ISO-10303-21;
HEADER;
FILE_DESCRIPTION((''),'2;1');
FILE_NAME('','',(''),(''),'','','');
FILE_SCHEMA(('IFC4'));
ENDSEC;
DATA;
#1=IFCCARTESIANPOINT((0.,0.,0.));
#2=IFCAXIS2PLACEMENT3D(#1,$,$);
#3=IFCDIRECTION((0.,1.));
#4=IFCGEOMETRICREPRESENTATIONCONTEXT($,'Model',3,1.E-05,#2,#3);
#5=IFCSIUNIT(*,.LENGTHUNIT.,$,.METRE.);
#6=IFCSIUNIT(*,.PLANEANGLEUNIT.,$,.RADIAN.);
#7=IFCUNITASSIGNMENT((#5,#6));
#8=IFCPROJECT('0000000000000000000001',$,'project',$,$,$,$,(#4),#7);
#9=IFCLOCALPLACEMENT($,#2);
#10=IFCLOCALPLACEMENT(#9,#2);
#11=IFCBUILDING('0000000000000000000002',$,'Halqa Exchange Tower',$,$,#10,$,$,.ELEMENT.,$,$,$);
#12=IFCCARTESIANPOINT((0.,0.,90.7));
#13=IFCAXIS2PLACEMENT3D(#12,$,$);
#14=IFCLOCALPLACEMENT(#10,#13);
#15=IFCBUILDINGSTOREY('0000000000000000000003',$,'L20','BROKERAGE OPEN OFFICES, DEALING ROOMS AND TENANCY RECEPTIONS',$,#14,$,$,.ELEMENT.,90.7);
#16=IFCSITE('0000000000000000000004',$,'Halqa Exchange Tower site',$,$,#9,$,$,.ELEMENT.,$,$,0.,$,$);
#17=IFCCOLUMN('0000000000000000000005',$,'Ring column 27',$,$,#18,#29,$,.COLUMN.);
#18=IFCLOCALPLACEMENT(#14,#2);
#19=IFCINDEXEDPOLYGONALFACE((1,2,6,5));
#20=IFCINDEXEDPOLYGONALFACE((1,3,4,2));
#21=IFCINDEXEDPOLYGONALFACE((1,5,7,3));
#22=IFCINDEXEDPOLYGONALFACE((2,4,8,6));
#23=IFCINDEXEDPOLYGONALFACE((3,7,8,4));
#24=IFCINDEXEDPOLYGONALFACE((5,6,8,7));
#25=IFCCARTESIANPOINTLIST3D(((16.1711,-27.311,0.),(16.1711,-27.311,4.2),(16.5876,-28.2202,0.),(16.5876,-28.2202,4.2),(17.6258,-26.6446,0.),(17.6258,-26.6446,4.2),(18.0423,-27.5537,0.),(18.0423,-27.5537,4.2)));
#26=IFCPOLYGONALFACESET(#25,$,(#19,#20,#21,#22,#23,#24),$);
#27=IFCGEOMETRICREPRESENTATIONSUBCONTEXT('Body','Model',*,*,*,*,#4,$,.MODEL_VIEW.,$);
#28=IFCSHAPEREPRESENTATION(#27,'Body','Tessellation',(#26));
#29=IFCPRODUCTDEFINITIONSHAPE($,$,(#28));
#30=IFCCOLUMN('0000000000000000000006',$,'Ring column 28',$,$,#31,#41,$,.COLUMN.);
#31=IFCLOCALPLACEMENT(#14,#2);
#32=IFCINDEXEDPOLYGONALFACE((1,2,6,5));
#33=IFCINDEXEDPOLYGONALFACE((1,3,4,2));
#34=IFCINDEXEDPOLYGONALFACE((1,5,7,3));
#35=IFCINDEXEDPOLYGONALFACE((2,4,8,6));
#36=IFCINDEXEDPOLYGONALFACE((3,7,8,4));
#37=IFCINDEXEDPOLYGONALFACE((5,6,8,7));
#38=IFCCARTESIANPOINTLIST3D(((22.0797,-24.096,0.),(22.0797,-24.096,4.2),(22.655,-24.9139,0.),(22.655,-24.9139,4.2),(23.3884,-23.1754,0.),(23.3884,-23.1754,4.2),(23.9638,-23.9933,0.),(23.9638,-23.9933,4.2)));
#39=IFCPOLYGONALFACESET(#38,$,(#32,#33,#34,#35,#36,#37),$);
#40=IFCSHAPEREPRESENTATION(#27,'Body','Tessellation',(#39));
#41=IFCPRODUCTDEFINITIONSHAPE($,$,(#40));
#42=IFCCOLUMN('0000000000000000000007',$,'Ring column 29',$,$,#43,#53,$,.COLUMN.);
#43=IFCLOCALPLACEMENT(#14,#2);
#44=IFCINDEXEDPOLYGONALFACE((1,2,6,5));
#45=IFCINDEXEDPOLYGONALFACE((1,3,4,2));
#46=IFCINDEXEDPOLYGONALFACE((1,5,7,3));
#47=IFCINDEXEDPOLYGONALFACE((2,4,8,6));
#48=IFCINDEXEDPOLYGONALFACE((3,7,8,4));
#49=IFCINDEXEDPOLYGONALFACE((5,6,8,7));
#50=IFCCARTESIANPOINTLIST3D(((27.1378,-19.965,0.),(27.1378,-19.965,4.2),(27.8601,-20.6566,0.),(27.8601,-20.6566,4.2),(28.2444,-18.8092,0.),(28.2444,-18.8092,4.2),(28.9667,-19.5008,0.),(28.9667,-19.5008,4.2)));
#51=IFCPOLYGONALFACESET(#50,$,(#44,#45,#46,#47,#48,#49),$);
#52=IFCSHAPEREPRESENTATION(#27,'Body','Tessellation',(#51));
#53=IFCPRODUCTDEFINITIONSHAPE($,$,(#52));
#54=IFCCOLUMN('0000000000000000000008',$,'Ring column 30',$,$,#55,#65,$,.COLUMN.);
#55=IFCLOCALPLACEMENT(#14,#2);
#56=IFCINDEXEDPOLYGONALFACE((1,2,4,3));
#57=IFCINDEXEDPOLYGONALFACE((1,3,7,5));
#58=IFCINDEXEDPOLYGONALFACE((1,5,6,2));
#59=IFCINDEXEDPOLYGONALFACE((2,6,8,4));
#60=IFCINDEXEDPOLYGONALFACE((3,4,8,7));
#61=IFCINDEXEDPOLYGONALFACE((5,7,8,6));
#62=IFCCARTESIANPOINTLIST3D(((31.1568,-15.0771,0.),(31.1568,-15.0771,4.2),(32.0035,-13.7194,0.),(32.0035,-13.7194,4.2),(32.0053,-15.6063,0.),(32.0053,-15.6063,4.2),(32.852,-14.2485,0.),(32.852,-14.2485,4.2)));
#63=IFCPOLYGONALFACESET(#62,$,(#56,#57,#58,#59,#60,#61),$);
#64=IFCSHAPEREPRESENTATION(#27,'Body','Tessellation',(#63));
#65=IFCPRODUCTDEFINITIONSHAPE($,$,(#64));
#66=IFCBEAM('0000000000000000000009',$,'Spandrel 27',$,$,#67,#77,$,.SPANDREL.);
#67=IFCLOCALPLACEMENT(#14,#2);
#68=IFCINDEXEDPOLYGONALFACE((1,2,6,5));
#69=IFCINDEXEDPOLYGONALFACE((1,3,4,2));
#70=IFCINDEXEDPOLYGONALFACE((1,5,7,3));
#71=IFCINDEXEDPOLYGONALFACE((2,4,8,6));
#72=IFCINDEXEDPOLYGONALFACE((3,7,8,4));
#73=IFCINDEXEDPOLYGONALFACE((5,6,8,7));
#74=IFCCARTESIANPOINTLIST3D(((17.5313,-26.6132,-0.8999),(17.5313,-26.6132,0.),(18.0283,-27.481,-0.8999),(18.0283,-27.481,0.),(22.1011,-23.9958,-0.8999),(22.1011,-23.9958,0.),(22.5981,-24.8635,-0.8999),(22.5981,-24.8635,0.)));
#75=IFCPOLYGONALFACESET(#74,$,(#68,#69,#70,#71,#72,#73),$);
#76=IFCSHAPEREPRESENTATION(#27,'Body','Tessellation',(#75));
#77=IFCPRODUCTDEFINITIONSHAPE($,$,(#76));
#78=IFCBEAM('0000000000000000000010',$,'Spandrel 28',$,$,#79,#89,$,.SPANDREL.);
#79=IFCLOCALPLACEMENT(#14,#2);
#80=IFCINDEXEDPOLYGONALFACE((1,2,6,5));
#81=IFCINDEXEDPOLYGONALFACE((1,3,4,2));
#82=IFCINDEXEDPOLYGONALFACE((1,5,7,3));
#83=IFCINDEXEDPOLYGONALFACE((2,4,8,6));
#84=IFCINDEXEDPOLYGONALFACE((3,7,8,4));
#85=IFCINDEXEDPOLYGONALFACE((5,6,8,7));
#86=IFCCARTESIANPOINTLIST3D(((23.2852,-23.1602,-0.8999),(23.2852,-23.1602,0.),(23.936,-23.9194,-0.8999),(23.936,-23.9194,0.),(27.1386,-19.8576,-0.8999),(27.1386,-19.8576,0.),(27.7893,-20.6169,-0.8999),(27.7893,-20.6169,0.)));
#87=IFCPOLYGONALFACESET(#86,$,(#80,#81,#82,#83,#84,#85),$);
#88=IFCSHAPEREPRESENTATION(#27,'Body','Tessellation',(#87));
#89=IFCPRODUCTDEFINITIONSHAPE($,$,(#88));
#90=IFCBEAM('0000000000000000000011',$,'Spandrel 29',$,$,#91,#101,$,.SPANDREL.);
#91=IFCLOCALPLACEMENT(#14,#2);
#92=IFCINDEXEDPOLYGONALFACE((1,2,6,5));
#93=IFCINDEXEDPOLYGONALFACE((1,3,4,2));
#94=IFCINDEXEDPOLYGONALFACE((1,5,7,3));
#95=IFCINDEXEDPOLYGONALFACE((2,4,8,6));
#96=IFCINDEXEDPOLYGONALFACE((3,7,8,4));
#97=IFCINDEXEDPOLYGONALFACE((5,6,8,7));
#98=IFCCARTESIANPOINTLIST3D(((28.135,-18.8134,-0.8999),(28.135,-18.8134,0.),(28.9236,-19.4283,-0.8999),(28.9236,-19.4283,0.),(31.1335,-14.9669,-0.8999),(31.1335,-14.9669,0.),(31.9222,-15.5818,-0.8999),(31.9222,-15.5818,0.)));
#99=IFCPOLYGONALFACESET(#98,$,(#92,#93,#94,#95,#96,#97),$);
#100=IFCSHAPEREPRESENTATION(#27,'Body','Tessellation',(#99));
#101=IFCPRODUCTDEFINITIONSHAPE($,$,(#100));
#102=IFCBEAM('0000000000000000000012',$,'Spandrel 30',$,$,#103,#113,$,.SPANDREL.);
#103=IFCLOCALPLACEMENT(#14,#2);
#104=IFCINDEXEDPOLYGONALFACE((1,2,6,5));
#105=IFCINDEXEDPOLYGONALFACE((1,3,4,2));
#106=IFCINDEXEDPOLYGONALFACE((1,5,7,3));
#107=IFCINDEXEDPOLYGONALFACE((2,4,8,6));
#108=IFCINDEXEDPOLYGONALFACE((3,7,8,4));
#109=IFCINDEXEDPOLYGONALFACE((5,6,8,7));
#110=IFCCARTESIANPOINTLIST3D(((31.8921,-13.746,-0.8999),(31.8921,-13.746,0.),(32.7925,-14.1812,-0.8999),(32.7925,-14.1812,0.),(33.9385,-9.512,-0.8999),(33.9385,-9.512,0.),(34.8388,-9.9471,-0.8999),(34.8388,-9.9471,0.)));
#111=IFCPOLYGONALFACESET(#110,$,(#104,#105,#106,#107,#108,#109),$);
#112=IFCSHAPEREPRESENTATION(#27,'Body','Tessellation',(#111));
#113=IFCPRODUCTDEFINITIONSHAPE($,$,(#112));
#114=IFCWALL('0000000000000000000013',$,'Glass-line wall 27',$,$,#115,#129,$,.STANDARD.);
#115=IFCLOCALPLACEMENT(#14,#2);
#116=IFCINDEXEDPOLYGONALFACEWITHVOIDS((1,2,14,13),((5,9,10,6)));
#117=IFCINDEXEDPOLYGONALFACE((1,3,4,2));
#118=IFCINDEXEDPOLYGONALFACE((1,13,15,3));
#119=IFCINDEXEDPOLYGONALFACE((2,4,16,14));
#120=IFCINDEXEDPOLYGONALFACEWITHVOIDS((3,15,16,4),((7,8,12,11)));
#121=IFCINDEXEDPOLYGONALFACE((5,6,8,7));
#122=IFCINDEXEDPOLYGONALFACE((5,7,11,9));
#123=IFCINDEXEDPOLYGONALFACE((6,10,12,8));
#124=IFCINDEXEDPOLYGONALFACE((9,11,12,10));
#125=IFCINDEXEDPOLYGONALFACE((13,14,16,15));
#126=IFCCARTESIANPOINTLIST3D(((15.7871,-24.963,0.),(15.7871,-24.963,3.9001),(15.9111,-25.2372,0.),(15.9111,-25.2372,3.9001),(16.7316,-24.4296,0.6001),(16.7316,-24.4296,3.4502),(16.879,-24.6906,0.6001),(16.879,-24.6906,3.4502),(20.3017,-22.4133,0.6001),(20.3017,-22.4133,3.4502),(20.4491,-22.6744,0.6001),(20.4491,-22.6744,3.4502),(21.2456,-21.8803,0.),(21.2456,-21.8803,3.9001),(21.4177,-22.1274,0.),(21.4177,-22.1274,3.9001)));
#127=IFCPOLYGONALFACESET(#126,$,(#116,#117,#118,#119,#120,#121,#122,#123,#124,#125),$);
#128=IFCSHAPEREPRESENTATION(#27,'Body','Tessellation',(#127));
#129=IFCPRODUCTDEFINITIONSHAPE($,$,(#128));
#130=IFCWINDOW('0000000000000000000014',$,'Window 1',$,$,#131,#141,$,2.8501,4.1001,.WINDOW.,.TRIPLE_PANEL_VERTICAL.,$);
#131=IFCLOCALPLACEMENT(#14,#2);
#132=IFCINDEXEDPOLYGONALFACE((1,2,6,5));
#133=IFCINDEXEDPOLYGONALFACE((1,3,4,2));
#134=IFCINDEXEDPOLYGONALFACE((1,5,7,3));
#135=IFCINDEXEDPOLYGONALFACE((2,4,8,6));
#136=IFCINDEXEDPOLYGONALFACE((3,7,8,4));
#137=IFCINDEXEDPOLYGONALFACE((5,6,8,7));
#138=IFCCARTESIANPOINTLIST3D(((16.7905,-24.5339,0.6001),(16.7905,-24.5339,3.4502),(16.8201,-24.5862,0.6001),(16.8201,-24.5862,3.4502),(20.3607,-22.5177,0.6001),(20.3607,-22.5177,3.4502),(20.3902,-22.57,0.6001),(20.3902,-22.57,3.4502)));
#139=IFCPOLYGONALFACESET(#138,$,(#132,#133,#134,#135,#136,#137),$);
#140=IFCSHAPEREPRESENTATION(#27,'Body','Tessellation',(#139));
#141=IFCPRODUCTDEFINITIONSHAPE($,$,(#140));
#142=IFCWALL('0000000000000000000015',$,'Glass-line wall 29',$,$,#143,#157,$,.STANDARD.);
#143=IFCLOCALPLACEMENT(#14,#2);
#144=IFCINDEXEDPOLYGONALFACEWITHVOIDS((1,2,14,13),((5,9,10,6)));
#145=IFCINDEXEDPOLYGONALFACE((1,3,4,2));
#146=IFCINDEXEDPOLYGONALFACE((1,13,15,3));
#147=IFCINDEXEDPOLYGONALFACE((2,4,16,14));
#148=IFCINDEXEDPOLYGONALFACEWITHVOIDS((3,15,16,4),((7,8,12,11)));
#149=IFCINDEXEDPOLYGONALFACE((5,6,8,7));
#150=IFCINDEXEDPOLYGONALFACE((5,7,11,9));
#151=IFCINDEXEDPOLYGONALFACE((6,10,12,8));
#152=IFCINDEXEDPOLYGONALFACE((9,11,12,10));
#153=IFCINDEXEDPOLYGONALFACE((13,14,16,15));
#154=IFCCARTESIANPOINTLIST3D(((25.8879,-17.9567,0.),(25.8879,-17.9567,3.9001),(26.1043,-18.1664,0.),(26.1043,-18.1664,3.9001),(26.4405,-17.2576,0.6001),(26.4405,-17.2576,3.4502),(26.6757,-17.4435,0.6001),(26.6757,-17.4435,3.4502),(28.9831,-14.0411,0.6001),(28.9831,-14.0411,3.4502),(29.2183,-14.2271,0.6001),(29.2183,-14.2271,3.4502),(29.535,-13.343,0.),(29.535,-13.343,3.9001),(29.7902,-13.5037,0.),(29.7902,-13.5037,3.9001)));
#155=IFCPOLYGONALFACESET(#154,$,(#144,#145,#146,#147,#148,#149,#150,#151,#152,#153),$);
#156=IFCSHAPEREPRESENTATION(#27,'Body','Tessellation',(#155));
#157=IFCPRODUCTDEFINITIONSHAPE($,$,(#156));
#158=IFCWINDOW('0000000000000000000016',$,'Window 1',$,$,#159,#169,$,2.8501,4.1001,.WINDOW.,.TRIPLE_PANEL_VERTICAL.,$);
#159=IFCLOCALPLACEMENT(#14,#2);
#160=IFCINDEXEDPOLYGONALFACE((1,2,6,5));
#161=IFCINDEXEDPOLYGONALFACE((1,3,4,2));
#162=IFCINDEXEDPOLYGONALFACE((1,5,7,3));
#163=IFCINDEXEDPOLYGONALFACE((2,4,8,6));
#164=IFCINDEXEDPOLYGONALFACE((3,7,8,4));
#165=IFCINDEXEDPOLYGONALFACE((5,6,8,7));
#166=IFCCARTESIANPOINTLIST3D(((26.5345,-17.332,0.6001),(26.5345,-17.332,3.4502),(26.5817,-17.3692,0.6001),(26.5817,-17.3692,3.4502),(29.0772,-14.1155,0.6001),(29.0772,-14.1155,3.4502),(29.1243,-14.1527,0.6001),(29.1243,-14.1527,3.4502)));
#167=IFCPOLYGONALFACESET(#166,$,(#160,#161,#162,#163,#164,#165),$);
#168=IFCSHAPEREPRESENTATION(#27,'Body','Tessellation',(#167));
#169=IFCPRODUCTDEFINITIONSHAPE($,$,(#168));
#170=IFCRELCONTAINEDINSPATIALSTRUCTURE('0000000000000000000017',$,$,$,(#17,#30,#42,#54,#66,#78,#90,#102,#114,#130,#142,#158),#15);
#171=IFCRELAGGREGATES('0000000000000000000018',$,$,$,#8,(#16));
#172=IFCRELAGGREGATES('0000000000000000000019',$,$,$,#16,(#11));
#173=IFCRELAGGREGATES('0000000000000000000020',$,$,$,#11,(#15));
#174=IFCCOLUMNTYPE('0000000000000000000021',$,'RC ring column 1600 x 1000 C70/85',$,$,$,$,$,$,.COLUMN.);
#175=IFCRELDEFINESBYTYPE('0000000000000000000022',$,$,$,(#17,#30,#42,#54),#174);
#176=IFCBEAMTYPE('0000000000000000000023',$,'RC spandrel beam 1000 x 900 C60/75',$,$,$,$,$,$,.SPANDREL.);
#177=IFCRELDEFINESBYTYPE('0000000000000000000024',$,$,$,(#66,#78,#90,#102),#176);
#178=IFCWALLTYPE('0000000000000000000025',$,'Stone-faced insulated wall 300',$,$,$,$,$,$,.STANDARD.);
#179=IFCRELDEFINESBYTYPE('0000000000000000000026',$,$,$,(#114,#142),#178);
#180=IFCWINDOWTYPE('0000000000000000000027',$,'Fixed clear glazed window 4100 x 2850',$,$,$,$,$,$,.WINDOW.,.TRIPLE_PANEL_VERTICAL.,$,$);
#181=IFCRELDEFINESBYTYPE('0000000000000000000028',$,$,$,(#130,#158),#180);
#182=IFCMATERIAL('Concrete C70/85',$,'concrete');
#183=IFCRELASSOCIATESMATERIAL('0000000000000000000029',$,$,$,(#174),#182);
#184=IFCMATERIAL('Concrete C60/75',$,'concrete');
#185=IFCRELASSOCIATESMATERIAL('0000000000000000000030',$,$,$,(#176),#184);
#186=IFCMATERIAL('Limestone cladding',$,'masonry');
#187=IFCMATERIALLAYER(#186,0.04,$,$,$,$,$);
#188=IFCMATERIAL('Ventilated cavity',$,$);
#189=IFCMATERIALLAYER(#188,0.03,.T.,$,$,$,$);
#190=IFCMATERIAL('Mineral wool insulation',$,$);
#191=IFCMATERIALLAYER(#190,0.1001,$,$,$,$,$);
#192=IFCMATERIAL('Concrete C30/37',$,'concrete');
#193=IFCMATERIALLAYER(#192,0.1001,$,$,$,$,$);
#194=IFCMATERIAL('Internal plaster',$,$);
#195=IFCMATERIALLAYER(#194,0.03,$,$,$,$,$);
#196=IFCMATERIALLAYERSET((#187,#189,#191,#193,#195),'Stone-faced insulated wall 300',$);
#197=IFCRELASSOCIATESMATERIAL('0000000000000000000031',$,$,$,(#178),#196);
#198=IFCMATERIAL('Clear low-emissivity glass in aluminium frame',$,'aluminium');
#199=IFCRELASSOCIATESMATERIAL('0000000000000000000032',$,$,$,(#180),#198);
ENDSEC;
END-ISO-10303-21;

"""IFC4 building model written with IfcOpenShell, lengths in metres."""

from ifc_helpers import new_model, si_unit, direction, frame, frame_2d, origin, origin_2d, place, context, subcontext, project, spatial, polyline, rectangle, outline, extrude, material, layer, layer_set, material_profile, profile_set, type_object, element, fill, save


model = new_model("IFC4")

# Units and contexts
model_context = context("Model", 3, precision=1e-05, world=origin(), true_north=direction((0.0, 1.0)))
body_context = subcontext(model_context, "Body", "Model", "MODEL_VIEW")
ifc_project = project(units=[si_unit("LENGTHUNIT", "METRE"), si_unit("PLANEANGLEUNIT", "RADIAN")], contexts=[model_context])

# Site, building, storey
site_placement = place(None, origin())
site = spatial("IfcSite", under=ifc_project, at=site_placement, Name="Halqa Exchange Tower site", CompositionType="ELEMENT", RefElevation=0.0)
building_placement = place(site_placement, origin())
building = spatial("IfcBuilding", under=site, at=building_placement, Name="Halqa Exchange Tower", CompositionType="ELEMENT")
storey_placement = place(building_placement, frame((0.0, 0.0, 90.7)))
storey = spatial("IfcBuildingStorey", under=building, at=storey_placement, Name="L20", Description="BROKERAGE OPEN OFFICES, DEALING ROOMS AND TENANCY RECEPTIONS", CompositionType="ELEMENT", Elevation=90.7)

# Columns
ifc_material_1 = material(Name="Concrete C70/85", Category="concrete")
ifc_material_profile_1 = material_profile(ifc_material_1, rectangle(XDim=1.6001, YDim=1.0, at=origin_2d()), Name="1600 x 1000")
ifc_profile_set_1 = profile_set([ifc_material_profile_1], Name="Concrete C70/85")
column_type = type_object("IfcColumnType", Name="RC ring column 1600 x 1000 C70/85", PredefinedType="COLUMN", material=ifc_profile_set_1)
for number, where, z_axis, x_axis, name in (
    (1, (17.1067, -27.4324, 0.0), (0.0, 0.0, 1.0), (0.909126, 0.41652, 0.0), "Ring column 27"),
    (2, (23.0217, -24.0447, 0.0), (0.0, 0.0, 1.0), (0.817909, 0.575348, 0.0), "Ring column 28"),
    (3, (28.0522, -19.7329, 0.0), (0.0, 0.0, 1.0), (0.691576, 0.722304, 0.0), "Ring column 29"),
    (4, (32.0044, -14.6628, 0.0), (0.0, 0.0, 1.0), (0.52914, 0.848534, 0.0), "Ring column 30"),
):
    element("IfcColumn", number, at=place(storey_placement, frame(where, z_axis=z_axis, x_axis=x_axis)), inside=storey, type_object=column_type, Name=name, PredefinedType="COLUMN", context=body_context, shape_type="SweptSolid", body=[
        extrude(rectangle(XDim=1.6001, YDim=1.0, at=origin_2d()), origin(), (0.0, 0.0, 1.0), 4.2),
    ])

# Beams
ifc_material_2 = material(Name="Concrete C60/75", Category="concrete")
ifc_material_profile_2 = material_profile(ifc_material_2, rectangle(XDim=1.0, YDim=0.8999, at=origin_2d()), Name="1000 x 900")
ifc_profile_set_2 = profile_set([ifc_material_profile_2], Name="Concrete C60/75")
beam_type = type_object("IfcBeamType", Name="RC spandrel beam 1000 x 900 C60/75", PredefinedType="SPANDREL", material=ifc_profile_set_2)
beam_1_placement = place(storey_placement, frame((17.7798, -27.0471, -0.45), z_axis=(0.867743, 0.497012, 0.0), x_axis=(-0.497012, 0.867743, 0.0)))
element("IfcBeam", 5, at=beam_1_placement, inside=storey, type_object=beam_type, Name="Spandrel 27", PredefinedType="SPANDREL", context=body_context, shape_type="SweptSolid", body=[
    extrude(rectangle(XDim=1.0, YDim=0.8999, at=origin_2d()), origin(), (0.0, 0.0, 1.0), 5.2664),
])
beam_2_placement = place(storey_placement, frame((23.6106, -23.5398, -0.45), z_axis=(0.759287, 0.650756, 0.0), x_axis=(-0.650756, 0.759287, 0.0)))
element("IfcBeam", 6, at=beam_2_placement, inside=storey, type_object=beam_type, Name="Spandrel 28", PredefinedType="SPANDREL", context=body_context, shape_type="SweptSolid", body=[
    extrude(rectangle(XDim=1.0, YDim=0.8999, at=origin_2d()), origin(), (0.0, 0.0, 1.0), 5.075),
])
beam_3_placement = place(storey_placement, frame((28.5293, -19.1208, -0.45), z_axis=(0.614817, 0.78867, 0.0), x_axis=(-0.78867, 0.614817, 0.0)))
element("IfcBeam", 7, at=beam_3_placement, inside=storey, type_object=beam_type, Name="Spandrel 29", PredefinedType="SPANDREL", context=body_context, shape_type="SweptSolid", body=[
    extrude(rectangle(XDim=1.0, YDim=0.8999, at=origin_2d()), origin(), (0.0, 0.0, 1.0), 4.8772),
])
beam_4_placement = place(storey_placement, frame((32.3423, -13.9636, -0.45), z_axis=(0.43515, 0.900358, 0.0), x_axis=(-0.900358, 0.43515, 0.0)))
element("IfcBeam", 8, at=beam_4_placement, inside=storey, type_object=beam_type, Name="Spandrel 30", PredefinedType="SPANDREL", context=body_context, shape_type="SweptSolid", body=[
    extrude(rectangle(XDim=1.0, YDim=0.8999, at=origin_2d()), origin(), (0.0, 0.0, 1.0), 4.7026),
])

# Wall, opening, window
ifc_material_3 = material(Name="Limestone cladding", Category="masonry")
ifc_layer_1 = layer(ifc_material_3, 0.04)
ifc_material_4 = material(Name="Ventilated cavity")
ifc_layer_2 = layer(ifc_material_4, 0.03, ventilated=True)
ifc_material_5 = material(Name="Mineral wool insulation")
ifc_layer_3 = layer(ifc_material_5, 0.1001)
ifc_material_6 = material(Name="Concrete C30/37", Category="concrete")
ifc_layer_4 = layer(ifc_material_6, 0.1001)
ifc_material_7 = material(Name="Internal plaster")
ifc_layer_5 = layer(ifc_material_7, 0.03)
ifc_layer_set_1 = layer_set([ifc_layer_1, ifc_layer_2, ifc_layer_3, ifc_layer_4, ifc_layer_5], Name="Stone-faced insulated wall 300")
wall_type_1 = type_object("IfcWallType", Name="Stone-faced insulated wall 300", PredefinedType="STANDARD", material=ifc_layer_set_1)
wall_1_placement = place(storey_placement, frame((15.8491, -25.1001, 0.0), z_axis=(0.0, 0.0, 1.0), x_axis=(0.870738, 0.491748, 0.0)))
wall_1 = element("IfcWall", 9, at=wall_1_placement, inside=storey, type_object=wall_type_1, Name="Glass-line wall 27", PredefinedType="STANDARD", context=body_context, shape_type="SweptSolid", body=[
    extrude(outline(polyline([(-0.0134, -0.1499), (6.3105, -0.1499), (6.2822, 0.1499), (0.0134, 0.1499), (-0.0134, -0.1499)])), origin(), (0.0, 0.0, 1.0), 3.9001),
])
opening_1_placement = place(wall_1_placement, frame((1.0981, 0.0, 0.6001)))
opening_1 = element("IfcOpeningElement", 10, at=opening_1_placement, cuts=wall_1, PredefinedType="OPENING", context=body_context, shape_type="SweptSolid", body=[
    extrude(rectangle(XDim=4.1001, YDim=2.8501, at=frame_2d((2.05, 1.425))), frame((0.0, 0.1621, 0.0), z_axis=(0.0, -1.0, 0.0), x_axis=(1.0, 0.0, 0.0)), (0.0, 0.0, 1.0), 0.324),
])
ifc_material_8 = material(Name="Clear low-emissivity glass in aluminium frame", Category="aluminium")
window_type = type_object("IfcWindowType", Name="Fixed clear glazed window 4100 x 2850", PartitioningType="TRIPLE_PANEL_VERTICAL", PredefinedType="WINDOW", material=ifc_material_8)
window_1_placement = place(opening_1_placement, origin())
window_1 = element("IfcWindow", 11, at=window_1_placement, inside=storey, type_object=window_type, Name="Window 1", OverallHeight=2.8501, OverallWidth=4.1001, PartitioningType="TRIPLE_PANEL_VERTICAL", PredefinedType="WINDOW", context=body_context, shape_type="SweptSolid", body=[
    extrude(rectangle(XDim=4.1001, YDim=2.8501, at=frame_2d((2.05, 1.425))), frame((0.0, 0.03, 0.0), z_axis=(0.0, -1.0, 0.0), x_axis=(1.0, 0.0, 0.0)), (0.0, 0.0, 1.0), 0.0601),
])
fill(opening_1, window_1)

# Wall, opening, window
wall_2_placement = place(storey_placement, frame((25.9961, -18.0615, 0.0), z_axis=(0.0, 0.0, 1.0), x_axis=(0.620142, 0.784489, 0.0)))
wall_2 = element("IfcWall", 12, at=wall_2_placement, inside=storey, type_object=wall_type_1, Name="Glass-line wall 29", PredefinedType="STANDARD", context=body_context, shape_type="SweptSolid", body=[
    extrude(outline(polyline([(-0.0151, -0.1499), (5.9285, -0.1499), (5.8962, 0.1499), (0.0151, 0.1499), (-0.0151, -0.1499)])), origin(), (0.0, 0.0, 1.0), 3.9001),
])
opening_2_placement = place(wall_2_placement, frame((0.9062, 0.0, 0.6001)))
opening_2 = element("IfcOpeningElement", 13, at=opening_2_placement, cuts=wall_2, PredefinedType="OPENING", context=body_context, shape_type="SweptSolid", body=[
    extrude(rectangle(XDim=4.1001, YDim=2.8501, at=frame_2d((2.05, 1.425))), frame((0.0, 0.1621, 0.0), z_axis=(0.0, -1.0, 0.0), x_axis=(1.0, 0.0, 0.0)), (0.0, 0.0, 1.0), 0.324),
])
window_2_placement = place(opening_2_placement, origin())
window_2 = element("IfcWindow", 14, at=window_2_placement, inside=storey, type_object=window_type, Name="Window 1", OverallHeight=2.8501, OverallWidth=4.1001, PartitioningType="TRIPLE_PANEL_VERTICAL", PredefinedType="WINDOW", context=body_context, shape_type="SweptSolid", body=[
    extrude(rectangle(XDim=4.1001, YDim=2.8501, at=frame_2d((2.05, 1.425))), frame((0.0, 0.03, 0.0), z_axis=(0.0, -1.0, 0.0), x_axis=(1.0, 0.0, 0.0)), (0.0, 0.0, 1.0), 0.0601),
])
fill(opening_2, window_2)

save(model, "model.ifc")
